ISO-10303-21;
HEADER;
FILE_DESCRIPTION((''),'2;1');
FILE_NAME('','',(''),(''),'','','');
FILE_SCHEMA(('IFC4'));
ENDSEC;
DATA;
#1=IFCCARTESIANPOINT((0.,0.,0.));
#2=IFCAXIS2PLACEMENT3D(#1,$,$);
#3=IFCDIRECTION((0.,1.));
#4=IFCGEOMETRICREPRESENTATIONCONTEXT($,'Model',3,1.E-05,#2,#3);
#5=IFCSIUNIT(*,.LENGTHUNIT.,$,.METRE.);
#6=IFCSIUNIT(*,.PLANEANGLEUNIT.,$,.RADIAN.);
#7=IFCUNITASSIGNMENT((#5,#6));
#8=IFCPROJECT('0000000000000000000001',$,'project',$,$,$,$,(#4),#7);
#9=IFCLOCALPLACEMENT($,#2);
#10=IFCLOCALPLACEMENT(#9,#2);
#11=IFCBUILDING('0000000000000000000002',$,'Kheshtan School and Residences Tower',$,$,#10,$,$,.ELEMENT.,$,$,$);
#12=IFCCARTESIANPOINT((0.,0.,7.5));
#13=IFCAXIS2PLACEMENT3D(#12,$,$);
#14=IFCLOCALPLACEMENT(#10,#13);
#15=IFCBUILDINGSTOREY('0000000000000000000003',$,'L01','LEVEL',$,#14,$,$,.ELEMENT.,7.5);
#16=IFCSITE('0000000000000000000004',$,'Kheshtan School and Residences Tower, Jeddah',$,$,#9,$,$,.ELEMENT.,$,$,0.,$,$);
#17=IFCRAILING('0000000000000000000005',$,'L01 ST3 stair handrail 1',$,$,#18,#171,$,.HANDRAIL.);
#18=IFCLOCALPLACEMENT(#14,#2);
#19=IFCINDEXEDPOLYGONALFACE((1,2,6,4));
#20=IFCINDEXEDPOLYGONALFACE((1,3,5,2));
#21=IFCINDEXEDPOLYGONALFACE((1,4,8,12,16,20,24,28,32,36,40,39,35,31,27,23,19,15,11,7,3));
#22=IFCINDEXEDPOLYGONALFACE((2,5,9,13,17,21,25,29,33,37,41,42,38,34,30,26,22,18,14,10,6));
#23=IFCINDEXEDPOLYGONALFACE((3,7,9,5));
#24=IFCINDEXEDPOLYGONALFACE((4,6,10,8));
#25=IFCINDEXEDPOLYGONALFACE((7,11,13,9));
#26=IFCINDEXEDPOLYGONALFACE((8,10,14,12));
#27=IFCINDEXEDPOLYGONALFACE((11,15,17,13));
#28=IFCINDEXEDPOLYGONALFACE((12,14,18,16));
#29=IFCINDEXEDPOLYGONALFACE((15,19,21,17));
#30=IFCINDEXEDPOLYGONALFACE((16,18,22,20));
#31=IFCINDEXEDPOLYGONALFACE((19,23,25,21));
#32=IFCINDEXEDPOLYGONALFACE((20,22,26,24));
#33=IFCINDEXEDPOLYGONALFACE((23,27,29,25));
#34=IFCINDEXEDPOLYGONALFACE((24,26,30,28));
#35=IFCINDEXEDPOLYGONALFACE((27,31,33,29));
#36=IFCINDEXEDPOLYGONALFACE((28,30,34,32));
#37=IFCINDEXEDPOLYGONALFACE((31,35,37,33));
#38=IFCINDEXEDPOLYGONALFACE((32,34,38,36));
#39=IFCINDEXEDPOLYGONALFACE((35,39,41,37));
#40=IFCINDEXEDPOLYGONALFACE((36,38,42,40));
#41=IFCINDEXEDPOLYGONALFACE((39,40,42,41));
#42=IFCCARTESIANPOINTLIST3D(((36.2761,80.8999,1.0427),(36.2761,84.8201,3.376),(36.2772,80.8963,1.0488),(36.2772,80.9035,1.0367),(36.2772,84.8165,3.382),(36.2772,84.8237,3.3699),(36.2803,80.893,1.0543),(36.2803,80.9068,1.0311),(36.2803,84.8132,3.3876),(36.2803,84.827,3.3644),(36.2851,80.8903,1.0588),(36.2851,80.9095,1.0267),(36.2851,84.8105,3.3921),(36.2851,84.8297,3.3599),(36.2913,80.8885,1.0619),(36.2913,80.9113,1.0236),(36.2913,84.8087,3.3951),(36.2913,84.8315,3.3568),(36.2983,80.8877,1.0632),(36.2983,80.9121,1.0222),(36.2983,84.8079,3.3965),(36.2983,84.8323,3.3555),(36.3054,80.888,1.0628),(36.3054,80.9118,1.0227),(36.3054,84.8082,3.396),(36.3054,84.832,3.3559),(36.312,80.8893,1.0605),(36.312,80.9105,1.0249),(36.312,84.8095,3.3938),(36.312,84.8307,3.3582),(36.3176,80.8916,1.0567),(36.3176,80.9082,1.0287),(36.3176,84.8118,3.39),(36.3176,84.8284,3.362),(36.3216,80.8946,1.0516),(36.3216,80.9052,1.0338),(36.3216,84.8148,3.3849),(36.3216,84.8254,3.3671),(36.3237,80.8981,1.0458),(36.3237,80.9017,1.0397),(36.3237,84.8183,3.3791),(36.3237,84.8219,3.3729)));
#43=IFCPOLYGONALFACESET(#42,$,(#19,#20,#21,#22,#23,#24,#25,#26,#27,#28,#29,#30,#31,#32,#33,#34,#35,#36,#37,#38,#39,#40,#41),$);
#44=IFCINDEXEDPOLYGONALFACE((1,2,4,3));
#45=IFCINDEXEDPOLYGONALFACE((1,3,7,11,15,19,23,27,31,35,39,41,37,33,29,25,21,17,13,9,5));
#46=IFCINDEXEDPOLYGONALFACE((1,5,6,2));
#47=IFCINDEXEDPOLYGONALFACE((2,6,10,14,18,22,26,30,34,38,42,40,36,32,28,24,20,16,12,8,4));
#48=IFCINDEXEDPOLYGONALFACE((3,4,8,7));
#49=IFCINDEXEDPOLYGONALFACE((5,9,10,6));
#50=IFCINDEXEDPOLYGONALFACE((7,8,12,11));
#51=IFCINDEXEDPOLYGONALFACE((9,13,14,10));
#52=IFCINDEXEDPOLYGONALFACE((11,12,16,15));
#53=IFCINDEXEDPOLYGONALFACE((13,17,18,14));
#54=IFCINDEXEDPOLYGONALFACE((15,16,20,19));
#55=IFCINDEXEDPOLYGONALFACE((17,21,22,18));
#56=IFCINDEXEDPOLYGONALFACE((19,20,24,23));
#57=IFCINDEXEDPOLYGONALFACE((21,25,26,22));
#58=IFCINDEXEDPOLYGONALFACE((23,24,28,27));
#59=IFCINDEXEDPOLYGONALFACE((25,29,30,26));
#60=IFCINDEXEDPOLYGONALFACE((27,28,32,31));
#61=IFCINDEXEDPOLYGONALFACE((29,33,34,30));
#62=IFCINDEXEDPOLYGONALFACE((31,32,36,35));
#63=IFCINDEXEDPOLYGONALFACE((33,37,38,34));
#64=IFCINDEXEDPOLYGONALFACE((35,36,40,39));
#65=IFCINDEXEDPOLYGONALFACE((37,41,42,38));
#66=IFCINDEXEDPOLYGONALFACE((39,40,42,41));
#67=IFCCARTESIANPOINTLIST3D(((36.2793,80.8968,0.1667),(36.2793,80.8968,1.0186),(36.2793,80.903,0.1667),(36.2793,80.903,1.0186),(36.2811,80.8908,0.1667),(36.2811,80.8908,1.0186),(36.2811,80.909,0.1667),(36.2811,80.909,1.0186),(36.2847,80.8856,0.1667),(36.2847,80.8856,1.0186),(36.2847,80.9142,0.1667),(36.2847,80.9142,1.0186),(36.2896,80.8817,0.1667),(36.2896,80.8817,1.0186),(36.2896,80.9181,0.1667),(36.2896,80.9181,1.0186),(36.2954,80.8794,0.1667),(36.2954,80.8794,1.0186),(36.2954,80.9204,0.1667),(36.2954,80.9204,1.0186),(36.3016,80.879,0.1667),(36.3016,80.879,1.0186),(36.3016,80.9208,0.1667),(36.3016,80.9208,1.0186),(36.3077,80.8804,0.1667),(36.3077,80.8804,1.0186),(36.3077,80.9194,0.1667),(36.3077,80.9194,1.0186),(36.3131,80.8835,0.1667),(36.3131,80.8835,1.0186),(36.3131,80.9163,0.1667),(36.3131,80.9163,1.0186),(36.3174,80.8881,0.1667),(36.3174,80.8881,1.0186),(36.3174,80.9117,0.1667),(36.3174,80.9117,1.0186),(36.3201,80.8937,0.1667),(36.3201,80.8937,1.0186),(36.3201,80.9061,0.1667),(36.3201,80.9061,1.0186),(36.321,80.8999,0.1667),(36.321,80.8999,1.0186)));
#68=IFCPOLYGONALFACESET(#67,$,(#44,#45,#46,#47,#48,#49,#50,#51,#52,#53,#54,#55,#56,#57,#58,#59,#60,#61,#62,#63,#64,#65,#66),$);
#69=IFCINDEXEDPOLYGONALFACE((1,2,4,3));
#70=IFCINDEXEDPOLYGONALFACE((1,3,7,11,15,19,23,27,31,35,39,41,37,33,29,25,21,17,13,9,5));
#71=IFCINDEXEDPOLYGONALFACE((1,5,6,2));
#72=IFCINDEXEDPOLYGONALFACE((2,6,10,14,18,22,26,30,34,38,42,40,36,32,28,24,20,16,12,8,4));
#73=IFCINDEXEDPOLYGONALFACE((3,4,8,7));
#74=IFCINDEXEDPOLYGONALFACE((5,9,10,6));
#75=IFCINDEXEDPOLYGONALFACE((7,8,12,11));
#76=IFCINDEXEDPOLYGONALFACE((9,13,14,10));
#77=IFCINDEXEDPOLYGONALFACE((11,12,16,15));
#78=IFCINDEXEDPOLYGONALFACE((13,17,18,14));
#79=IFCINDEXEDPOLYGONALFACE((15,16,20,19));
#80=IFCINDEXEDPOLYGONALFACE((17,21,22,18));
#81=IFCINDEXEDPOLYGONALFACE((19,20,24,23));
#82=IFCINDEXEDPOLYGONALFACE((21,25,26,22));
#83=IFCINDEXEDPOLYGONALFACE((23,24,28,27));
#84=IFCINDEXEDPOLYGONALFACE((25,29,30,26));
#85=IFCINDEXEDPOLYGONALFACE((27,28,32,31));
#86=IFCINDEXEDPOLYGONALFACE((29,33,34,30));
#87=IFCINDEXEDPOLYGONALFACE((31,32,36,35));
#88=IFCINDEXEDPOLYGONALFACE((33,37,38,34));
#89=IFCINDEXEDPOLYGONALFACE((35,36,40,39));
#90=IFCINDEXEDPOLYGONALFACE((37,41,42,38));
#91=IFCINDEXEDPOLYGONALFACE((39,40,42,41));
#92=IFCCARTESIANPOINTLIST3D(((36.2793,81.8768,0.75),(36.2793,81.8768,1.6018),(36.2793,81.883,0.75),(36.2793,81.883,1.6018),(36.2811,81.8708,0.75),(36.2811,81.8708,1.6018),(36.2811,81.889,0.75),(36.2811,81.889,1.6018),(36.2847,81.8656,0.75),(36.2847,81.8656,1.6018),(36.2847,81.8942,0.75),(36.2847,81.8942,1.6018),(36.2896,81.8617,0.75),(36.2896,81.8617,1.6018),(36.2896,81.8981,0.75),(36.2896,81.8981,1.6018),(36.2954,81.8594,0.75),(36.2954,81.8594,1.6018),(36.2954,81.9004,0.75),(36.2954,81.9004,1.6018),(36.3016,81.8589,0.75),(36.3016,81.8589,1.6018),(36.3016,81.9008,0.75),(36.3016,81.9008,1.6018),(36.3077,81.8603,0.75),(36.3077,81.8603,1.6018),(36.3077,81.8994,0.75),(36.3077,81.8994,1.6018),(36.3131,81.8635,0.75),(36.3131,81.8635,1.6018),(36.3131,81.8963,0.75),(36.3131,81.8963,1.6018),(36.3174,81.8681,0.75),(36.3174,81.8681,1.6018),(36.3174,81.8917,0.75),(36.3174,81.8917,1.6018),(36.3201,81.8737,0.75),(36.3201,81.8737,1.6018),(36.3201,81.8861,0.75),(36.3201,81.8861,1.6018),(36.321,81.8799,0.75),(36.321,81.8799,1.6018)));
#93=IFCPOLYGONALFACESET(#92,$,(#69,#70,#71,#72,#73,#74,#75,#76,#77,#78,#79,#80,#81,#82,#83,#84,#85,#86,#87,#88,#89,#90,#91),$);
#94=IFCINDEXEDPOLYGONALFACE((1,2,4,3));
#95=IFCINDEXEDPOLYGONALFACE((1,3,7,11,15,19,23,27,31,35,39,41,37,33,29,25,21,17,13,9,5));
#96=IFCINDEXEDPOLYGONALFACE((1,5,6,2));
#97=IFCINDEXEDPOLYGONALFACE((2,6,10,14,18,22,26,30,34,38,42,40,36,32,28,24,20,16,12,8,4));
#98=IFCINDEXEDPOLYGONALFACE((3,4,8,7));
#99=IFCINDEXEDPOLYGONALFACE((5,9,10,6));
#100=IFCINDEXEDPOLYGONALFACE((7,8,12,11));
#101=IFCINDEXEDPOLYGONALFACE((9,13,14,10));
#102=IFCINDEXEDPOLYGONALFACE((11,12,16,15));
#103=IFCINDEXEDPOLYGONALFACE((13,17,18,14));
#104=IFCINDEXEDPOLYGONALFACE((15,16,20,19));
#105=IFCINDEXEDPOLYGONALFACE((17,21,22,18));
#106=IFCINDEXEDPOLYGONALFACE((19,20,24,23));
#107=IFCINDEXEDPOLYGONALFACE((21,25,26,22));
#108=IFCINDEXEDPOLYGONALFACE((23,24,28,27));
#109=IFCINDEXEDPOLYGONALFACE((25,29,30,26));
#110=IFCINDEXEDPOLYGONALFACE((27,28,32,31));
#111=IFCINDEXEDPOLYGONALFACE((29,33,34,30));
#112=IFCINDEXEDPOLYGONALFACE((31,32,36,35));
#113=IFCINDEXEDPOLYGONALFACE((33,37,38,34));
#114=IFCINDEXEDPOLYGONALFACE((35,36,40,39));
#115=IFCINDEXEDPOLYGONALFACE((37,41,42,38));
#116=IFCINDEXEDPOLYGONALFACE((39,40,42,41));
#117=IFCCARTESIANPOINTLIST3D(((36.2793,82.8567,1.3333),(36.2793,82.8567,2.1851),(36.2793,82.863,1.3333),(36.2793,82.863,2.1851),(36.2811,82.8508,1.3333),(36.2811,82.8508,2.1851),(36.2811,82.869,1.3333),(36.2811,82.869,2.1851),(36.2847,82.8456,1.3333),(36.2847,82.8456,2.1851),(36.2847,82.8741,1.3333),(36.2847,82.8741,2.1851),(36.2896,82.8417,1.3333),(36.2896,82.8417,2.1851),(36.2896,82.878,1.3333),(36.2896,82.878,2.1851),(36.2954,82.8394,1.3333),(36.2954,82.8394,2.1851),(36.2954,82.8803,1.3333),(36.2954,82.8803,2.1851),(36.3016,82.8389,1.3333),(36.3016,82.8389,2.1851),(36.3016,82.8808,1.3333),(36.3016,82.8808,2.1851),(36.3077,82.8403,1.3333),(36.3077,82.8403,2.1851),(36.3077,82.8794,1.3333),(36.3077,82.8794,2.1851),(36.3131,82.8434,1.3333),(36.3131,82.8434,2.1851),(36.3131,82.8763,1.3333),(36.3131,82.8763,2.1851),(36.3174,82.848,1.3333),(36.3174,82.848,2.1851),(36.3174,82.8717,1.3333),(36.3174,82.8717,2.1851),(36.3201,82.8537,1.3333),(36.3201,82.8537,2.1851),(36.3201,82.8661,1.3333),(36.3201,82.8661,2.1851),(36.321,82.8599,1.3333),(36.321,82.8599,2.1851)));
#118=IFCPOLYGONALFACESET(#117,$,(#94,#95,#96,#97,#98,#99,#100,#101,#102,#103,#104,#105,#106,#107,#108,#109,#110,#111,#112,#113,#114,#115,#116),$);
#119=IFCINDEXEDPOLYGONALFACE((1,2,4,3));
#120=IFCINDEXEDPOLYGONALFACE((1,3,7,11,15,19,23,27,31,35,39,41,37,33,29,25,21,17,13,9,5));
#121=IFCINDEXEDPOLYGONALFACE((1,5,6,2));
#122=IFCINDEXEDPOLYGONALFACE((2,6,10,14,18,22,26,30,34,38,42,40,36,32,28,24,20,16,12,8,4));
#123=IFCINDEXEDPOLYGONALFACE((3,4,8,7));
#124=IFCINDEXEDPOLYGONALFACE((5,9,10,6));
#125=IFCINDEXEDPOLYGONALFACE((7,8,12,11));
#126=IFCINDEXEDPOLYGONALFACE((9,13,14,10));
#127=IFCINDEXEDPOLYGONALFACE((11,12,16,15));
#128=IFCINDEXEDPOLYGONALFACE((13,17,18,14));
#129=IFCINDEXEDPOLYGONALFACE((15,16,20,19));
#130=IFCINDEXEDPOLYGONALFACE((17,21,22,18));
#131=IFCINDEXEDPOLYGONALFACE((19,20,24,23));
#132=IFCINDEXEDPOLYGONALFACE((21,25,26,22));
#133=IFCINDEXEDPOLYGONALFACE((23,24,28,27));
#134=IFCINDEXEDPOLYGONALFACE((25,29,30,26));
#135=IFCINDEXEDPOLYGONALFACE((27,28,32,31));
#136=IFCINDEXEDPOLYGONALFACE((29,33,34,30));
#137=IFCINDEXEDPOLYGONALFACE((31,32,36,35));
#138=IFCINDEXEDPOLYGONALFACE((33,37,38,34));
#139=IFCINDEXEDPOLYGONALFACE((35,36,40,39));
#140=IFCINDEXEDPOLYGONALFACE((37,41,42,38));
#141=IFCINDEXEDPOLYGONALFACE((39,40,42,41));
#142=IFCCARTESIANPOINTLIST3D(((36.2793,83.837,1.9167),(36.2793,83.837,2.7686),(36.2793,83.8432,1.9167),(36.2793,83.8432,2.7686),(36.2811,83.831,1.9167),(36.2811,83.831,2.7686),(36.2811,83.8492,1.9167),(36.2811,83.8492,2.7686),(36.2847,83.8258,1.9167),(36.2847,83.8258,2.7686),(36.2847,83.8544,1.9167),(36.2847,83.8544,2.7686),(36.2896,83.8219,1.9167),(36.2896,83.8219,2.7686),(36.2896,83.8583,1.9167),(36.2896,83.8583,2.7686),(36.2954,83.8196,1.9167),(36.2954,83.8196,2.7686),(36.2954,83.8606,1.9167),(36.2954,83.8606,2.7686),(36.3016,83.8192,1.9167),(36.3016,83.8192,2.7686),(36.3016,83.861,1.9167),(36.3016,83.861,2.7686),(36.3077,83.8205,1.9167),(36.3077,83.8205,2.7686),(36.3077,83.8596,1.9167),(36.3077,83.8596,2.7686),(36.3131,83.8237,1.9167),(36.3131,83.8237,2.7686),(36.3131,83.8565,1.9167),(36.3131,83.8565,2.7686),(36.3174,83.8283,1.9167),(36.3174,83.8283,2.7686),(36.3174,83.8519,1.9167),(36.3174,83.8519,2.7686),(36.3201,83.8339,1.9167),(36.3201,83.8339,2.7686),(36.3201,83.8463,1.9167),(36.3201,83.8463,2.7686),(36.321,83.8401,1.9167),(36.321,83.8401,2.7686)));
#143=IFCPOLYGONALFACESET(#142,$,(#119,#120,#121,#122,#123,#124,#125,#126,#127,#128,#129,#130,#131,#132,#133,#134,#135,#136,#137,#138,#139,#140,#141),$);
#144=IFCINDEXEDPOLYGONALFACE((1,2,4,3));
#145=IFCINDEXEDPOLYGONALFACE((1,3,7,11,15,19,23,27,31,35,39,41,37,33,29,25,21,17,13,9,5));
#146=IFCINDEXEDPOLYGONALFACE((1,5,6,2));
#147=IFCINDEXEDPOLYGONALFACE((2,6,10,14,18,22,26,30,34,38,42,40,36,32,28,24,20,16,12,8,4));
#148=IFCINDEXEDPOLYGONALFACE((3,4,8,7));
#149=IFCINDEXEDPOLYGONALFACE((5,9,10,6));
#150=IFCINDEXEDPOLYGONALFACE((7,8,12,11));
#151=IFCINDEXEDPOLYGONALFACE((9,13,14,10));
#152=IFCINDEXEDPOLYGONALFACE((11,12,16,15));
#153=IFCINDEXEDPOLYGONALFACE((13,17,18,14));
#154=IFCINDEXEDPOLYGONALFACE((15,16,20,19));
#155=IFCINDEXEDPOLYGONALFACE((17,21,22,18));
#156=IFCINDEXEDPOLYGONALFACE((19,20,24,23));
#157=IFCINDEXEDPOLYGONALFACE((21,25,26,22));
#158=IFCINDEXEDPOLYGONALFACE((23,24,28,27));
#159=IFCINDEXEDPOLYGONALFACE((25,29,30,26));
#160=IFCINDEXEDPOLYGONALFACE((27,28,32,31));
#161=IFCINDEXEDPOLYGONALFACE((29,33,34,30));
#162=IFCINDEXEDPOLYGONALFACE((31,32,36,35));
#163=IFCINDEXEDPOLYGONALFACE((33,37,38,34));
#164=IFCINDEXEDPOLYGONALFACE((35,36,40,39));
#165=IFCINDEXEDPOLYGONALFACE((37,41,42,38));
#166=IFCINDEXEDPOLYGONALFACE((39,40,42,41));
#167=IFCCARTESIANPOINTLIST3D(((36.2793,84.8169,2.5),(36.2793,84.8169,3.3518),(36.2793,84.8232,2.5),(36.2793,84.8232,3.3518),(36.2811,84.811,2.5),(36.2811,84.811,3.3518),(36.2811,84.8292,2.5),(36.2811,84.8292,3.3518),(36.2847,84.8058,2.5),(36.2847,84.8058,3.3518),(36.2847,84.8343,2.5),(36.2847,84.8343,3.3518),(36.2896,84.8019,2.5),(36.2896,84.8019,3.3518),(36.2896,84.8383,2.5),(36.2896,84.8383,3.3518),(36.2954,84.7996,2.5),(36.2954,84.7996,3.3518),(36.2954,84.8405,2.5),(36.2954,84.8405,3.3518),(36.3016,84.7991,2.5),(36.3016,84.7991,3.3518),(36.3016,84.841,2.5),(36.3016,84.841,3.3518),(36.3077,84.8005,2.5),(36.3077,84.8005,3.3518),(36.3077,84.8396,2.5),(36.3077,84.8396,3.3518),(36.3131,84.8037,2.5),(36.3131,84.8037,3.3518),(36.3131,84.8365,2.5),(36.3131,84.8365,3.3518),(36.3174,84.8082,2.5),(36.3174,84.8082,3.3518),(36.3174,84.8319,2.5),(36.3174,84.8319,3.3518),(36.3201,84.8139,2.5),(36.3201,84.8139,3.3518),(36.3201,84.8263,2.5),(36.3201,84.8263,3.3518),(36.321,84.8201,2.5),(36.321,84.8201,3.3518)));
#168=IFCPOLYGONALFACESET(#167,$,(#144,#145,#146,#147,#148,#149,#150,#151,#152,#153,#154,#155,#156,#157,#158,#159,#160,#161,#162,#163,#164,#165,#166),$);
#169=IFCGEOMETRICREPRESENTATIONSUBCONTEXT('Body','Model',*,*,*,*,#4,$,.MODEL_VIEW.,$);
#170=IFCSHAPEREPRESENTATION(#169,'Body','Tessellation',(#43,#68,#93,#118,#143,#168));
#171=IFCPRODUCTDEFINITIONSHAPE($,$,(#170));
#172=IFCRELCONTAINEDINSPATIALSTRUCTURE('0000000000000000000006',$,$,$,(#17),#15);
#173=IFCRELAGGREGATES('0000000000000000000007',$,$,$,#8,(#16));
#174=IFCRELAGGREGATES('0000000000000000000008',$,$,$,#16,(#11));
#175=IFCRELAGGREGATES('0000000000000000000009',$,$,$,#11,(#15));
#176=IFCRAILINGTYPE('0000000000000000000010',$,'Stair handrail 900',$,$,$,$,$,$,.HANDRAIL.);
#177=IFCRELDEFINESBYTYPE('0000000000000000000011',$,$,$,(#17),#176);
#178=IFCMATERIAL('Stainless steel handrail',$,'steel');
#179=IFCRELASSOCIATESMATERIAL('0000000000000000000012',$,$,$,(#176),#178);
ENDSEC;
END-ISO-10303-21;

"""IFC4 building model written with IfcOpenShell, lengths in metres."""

from ifc_helpers import new_model, si_unit, direction, frame, origin, origin_2d, place, context, subcontext, project, spatial, circle, extrude, material, type_object, element, save


model = new_model("IFC4")

# Units and contexts
model_context = context("Model", 3, precision=1e-05, world=origin(), true_north=direction((0.0, 1.0)))
body_context = subcontext(model_context, "Body", "Model", "MODEL_VIEW")
ifc_project = project(units=[si_unit("LENGTHUNIT", "METRE"), si_unit("PLANEANGLEUNIT", "RADIAN")], contexts=[model_context])

# Site, building, storey
site_placement = place(None, origin())
site = spatial("IfcSite", under=ifc_project, at=site_placement, Name="Kheshtan School and Residences Tower, Jeddah", CompositionType="ELEMENT", RefElevation=0.0)
building_placement = place(site_placement, origin())
building = spatial("IfcBuilding", under=site, at=building_placement, Name="Kheshtan School and Residences Tower", CompositionType="ELEMENT")
storey_placement = place(building_placement, frame((0.0, 0.0, 7.5)))
storey = spatial("IfcBuildingStorey", under=building, at=storey_placement, Name="L01", Description="LEVEL", CompositionType="ELEMENT", Elevation=7.5)

# Railing
ifc_material_1 = material(Name="Stainless steel handrail", Category="steel")
railing_type_1 = type_object("IfcRailingType", Name="Stair handrail 900", PredefinedType="HANDRAIL", material=ifc_material_1)
railing_1_placement = place(storey_placement, frame((36.3, 80.8999, 0.1667)))
element("IfcRailing", 1, at=railing_1_placement, inside=storey, type_object=railing_type_1, Name="L01 ST3 stair handrail 1", PredefinedType="HANDRAIL", context=body_context, shape_type="SweptSolid", body=[
    extrude(circle(Radius=0.0239, at=origin_2d()), frame((0.0, 0.0, 0.876), z_axis=(0.0, 0.85931, 0.511455), x_axis=(-1.0, 0.0, 0.0)), (0.0, 0.0, 1.0), 4.562),
    extrude(circle(Radius=0.021, at=origin_2d()), origin(), (0.0, 0.0, 1.0), 0.8518),
    extrude(circle(Radius=0.021, at=origin_2d()), frame((0.0, 0.98, 0.5833)), (0.0, 0.0, 1.0), 0.8518),
    extrude(circle(Radius=0.021, at=origin_2d()), frame((0.0, 1.96, 1.1665)), (0.0, 0.0, 1.0), 0.8518),
    extrude(circle(Radius=0.021, at=origin_2d()), frame((0.0, 2.9402, 1.75)), (0.0, 0.0, 1.0), 0.8518),
    extrude(circle(Radius=0.021, at=origin_2d()), frame((0.0, 3.9202, 2.3333)), (0.0, 0.0, 1.0), 0.8518),
])

save(model, "model.ifc")
